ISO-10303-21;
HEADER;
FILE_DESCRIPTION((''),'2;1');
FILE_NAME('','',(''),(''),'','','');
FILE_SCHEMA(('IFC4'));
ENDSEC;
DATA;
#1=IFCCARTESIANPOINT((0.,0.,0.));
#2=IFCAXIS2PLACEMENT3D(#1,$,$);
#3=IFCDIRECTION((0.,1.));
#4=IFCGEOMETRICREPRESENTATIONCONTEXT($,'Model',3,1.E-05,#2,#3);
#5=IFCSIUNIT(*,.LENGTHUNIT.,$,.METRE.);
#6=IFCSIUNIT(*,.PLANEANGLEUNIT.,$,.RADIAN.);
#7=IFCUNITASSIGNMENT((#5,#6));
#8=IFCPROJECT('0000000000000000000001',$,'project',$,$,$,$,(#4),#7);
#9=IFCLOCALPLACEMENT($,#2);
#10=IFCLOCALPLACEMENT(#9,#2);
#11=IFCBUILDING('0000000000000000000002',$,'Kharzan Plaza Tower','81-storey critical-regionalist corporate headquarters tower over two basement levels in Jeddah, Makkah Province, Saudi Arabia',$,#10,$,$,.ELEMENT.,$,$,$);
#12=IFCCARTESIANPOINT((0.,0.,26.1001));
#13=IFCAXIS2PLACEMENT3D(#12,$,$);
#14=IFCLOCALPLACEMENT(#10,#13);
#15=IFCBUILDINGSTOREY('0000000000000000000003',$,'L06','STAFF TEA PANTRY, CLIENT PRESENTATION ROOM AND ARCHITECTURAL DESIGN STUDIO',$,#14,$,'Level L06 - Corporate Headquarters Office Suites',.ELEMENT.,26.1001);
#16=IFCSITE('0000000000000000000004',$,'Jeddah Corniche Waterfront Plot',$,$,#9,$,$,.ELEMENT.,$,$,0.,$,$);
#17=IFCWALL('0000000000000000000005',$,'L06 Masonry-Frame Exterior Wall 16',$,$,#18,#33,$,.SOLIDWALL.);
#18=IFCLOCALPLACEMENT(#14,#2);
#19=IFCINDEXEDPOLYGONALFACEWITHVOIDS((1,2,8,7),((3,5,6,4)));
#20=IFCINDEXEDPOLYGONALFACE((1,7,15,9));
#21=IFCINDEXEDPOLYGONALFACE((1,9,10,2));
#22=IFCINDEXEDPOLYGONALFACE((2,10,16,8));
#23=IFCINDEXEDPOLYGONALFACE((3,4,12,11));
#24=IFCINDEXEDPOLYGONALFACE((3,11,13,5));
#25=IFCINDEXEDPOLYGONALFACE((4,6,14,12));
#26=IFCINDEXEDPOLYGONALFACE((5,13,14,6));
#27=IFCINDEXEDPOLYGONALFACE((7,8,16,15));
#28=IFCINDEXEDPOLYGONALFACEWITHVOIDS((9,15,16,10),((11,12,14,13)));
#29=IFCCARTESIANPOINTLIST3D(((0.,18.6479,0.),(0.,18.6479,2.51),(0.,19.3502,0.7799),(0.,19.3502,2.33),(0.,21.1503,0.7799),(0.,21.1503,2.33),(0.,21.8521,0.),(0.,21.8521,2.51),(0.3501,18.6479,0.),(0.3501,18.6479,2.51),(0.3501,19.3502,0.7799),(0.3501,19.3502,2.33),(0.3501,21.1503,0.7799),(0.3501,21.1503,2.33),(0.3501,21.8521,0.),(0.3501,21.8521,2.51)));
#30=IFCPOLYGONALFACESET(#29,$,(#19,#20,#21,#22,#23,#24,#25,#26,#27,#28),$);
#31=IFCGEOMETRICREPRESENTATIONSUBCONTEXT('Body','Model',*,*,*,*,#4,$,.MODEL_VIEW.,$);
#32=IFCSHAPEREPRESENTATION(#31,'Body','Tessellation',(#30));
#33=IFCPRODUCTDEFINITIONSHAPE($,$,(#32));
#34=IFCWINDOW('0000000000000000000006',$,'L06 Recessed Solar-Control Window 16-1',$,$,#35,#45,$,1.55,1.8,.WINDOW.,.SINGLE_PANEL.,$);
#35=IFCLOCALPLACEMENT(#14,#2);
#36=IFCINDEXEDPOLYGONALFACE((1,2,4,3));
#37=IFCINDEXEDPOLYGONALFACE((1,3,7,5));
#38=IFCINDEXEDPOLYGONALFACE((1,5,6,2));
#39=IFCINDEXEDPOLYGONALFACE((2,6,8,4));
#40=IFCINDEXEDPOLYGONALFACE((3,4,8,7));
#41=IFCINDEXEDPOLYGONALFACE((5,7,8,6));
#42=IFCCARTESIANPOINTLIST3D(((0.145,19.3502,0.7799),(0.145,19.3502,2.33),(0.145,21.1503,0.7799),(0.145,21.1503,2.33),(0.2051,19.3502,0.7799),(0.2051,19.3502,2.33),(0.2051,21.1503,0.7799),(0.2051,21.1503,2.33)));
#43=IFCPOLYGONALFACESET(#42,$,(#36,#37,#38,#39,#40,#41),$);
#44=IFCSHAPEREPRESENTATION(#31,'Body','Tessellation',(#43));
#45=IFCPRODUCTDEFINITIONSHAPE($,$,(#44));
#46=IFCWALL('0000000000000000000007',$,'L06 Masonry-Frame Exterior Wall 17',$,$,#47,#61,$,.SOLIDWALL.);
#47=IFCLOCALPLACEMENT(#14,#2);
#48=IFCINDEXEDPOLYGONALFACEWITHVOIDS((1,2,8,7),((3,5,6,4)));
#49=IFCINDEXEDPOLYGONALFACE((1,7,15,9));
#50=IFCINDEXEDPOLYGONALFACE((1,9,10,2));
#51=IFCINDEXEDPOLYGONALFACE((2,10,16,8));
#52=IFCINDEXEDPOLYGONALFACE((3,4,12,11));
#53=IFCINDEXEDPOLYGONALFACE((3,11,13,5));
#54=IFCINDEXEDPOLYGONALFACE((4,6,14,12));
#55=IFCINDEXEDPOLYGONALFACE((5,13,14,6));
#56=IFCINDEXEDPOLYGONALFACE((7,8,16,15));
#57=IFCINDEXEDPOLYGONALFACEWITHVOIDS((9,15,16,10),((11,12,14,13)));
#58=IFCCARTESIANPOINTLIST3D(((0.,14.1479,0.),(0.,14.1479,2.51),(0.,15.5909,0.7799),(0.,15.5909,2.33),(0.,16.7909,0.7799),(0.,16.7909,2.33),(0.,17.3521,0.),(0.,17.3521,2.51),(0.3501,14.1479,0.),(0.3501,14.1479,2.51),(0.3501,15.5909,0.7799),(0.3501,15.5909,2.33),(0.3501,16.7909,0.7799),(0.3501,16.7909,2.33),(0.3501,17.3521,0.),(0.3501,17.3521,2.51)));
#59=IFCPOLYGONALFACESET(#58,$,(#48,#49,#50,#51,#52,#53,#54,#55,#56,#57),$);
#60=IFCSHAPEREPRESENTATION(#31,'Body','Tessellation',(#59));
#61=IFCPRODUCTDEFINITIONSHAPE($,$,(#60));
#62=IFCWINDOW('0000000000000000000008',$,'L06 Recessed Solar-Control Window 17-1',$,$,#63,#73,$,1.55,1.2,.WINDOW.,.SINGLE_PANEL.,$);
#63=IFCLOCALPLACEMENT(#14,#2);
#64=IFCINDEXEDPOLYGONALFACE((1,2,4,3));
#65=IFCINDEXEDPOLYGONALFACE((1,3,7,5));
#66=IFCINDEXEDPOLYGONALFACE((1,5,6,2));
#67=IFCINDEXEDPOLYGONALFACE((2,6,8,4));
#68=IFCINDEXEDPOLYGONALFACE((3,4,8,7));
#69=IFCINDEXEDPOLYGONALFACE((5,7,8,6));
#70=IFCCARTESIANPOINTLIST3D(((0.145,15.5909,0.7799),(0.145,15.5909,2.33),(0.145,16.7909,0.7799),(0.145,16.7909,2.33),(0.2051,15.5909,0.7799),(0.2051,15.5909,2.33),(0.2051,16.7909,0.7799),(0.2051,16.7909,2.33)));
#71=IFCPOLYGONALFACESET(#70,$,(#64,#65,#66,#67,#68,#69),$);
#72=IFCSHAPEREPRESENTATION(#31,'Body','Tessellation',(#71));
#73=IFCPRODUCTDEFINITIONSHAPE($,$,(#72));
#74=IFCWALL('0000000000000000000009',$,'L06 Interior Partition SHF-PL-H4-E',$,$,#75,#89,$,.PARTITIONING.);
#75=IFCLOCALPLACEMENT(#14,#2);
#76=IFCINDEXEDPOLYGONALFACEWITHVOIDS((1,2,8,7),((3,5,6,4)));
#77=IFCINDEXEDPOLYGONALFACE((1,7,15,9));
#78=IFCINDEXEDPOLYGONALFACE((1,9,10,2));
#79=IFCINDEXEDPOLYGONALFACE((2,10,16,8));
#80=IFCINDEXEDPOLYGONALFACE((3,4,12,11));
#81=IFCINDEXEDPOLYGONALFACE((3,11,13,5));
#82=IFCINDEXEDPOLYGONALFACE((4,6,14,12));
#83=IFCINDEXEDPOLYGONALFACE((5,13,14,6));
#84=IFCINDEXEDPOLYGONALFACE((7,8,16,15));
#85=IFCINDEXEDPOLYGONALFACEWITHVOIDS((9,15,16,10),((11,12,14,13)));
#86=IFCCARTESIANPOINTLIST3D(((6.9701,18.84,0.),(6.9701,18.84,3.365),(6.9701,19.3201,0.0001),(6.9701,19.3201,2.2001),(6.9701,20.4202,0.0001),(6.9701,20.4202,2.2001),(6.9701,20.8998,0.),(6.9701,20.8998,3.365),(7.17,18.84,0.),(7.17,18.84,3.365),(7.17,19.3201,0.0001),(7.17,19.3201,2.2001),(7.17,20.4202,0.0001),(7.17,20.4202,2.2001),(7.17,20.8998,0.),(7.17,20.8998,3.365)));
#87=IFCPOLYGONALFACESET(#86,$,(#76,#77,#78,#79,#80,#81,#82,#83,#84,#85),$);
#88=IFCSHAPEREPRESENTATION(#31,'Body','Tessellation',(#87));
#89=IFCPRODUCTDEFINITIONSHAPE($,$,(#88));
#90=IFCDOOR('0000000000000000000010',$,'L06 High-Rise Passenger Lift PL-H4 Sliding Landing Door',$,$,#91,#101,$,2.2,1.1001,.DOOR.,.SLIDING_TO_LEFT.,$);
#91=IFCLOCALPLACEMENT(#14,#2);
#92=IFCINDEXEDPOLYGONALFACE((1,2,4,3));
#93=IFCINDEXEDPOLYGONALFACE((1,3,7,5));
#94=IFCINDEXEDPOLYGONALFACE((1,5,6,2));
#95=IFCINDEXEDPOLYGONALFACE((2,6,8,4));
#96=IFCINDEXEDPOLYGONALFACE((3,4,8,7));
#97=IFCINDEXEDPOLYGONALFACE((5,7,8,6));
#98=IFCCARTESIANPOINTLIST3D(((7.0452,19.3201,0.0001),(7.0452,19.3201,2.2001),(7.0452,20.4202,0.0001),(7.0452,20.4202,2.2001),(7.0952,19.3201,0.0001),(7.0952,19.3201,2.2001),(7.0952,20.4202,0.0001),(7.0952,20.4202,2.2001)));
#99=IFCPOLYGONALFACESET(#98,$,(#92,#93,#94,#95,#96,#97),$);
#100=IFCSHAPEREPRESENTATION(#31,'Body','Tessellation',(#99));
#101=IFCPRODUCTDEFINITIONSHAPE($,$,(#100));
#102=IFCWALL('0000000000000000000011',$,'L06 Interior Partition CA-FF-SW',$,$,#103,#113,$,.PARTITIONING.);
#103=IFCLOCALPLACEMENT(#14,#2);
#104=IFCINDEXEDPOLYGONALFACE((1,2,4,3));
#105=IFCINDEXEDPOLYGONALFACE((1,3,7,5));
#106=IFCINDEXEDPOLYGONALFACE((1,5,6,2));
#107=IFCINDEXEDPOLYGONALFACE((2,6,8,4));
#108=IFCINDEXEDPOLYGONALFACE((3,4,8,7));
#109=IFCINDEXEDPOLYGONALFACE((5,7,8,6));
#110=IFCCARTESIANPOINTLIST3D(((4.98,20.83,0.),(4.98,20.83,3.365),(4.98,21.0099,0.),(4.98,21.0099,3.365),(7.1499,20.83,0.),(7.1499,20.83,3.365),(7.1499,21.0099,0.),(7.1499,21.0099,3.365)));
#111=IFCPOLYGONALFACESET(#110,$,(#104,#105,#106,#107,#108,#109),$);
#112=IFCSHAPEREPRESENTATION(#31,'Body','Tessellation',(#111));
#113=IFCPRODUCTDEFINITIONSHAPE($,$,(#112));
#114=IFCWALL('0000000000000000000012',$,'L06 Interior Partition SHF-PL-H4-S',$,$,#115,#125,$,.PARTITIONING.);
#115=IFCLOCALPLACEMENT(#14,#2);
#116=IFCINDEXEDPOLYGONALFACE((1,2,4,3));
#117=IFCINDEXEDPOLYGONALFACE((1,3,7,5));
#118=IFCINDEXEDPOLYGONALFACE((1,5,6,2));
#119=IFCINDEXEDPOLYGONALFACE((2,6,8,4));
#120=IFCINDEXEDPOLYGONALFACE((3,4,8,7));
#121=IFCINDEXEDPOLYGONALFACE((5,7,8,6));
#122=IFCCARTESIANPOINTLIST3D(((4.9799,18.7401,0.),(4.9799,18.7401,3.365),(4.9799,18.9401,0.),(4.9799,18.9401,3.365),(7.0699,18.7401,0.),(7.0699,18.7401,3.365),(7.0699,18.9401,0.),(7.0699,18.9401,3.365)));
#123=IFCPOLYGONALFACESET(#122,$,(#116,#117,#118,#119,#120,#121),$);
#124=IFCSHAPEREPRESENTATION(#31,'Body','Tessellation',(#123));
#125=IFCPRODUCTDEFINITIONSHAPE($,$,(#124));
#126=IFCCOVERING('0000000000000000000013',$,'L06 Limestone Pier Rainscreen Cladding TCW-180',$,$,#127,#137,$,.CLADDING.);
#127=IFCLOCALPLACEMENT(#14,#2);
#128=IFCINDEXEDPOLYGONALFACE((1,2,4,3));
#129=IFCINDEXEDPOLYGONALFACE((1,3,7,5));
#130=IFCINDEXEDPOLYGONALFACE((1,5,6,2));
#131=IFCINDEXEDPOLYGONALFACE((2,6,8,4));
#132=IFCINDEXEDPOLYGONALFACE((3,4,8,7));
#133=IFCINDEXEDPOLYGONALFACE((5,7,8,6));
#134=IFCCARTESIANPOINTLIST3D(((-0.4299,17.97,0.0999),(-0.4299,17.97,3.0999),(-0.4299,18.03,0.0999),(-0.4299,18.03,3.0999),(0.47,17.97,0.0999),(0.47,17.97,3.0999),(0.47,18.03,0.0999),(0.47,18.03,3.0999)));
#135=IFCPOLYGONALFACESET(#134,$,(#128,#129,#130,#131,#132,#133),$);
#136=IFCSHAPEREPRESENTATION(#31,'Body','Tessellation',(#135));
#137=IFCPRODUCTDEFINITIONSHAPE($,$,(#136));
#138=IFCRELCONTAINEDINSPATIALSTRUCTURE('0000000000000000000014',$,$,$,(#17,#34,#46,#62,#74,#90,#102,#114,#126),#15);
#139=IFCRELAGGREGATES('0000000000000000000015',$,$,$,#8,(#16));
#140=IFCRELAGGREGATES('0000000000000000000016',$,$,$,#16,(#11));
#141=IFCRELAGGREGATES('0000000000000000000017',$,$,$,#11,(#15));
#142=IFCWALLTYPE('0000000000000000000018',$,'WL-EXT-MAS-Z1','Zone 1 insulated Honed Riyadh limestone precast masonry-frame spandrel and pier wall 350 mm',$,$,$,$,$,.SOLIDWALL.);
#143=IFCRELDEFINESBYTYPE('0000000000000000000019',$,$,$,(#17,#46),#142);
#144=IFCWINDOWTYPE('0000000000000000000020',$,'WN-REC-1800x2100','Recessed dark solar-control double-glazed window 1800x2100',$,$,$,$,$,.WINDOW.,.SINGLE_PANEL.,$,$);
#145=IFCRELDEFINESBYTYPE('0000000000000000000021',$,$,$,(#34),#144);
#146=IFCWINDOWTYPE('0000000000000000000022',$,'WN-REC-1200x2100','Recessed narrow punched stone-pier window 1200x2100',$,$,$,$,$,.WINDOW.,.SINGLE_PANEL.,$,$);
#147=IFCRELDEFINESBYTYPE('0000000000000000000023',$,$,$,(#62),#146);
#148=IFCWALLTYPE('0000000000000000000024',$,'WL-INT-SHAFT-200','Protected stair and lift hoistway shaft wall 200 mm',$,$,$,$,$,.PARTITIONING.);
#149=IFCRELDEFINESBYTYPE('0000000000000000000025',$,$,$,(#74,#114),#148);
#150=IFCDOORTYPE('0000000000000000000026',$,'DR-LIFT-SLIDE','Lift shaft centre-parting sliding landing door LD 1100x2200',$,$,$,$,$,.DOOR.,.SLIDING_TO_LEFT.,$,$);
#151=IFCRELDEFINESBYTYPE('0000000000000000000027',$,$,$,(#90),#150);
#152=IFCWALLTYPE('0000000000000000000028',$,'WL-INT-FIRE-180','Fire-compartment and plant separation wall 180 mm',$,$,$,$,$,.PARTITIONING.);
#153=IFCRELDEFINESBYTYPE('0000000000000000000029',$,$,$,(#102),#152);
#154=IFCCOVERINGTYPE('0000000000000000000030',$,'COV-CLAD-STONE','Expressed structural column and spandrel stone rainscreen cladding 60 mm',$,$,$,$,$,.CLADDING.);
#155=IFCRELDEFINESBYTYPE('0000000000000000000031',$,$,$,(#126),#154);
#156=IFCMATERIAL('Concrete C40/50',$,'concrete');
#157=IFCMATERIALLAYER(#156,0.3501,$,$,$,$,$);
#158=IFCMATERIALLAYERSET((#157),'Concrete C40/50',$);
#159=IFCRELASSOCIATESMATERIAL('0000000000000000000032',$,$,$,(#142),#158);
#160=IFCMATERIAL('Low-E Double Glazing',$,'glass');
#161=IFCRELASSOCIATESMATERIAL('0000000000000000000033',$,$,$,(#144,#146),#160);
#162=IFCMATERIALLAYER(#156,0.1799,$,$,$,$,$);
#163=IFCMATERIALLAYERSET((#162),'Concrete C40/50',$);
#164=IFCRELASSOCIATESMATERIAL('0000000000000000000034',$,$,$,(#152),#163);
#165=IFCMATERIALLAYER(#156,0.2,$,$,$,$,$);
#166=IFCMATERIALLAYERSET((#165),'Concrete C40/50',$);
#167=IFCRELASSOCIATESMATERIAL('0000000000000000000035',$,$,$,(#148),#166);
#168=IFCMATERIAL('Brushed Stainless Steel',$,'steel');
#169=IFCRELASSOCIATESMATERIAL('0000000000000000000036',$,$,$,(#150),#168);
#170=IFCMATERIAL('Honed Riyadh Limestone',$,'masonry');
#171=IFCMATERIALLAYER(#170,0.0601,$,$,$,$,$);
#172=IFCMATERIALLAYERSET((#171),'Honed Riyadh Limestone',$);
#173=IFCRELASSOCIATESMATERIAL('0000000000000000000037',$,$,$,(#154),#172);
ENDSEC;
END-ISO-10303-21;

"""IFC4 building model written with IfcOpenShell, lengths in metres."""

from ifc_helpers import new_model, si_unit, direction, frame, frame_2d, origin, origin_2d, place, context, subcontext, project, spatial, rectangle, extrude, source, transform, mapped, material, layer, layer_set, type_object, element, fill, save


model = new_model("IFC4")

# Units and contexts
model_context = context("Model", 3, precision=1e-05, world=origin(), true_north=direction((0.0, 1.0)))
body_context = subcontext(model_context, "Body", "Model", "MODEL_VIEW")
ifc_project = project(units=[si_unit("LENGTHUNIT", "METRE"), si_unit("PLANEANGLEUNIT", "RADIAN")], contexts=[model_context])

# Site, building, storey
site_placement = place(None, origin())
site = spatial("IfcSite", under=ifc_project, at=site_placement, Name="Jeddah Corniche Waterfront Plot", CompositionType="ELEMENT", RefElevation=0.0)
building_placement = place(site_placement, origin())
building = spatial("IfcBuilding", under=site, at=building_placement, Name="Kharzan Plaza Tower", Description="81-storey critical-regionalist corporate headquarters tower over two basement levels in Jeddah, Makkah Province, Saudi Arabia", CompositionType="ELEMENT")
storey_placement = place(building_placement, frame((0.0, 0.0, 26.1001)))
storey = spatial("IfcBuildingStorey", under=building, at=storey_placement, Name="L06", Description="STAFF TEA PANTRY, CLIENT PRESENTATION ROOM AND ARCHITECTURAL DESIGN STUDIO", LongName="Level L06 - Corporate Headquarters Office Suites", CompositionType="ELEMENT", Elevation=26.1001)

# Walls, openings, windows
ifc_material_1 = material(Name="Concrete C40/50", Category="concrete")
ifc_layer_1 = layer(ifc_material_1, 0.3501)
ifc_layer_set_1 = layer_set([ifc_layer_1], Name="Concrete C40/50")
wall_type_1 = type_object("IfcWallType", Name="WL-EXT-MAS-Z1", Description="Zone 1 insulated Honed Riyadh limestone precast masonry-frame spandrel and pier wall 350 mm", PredefinedType="SOLIDWALL", material=ifc_layer_set_1)
wall_1_placement = place(storey_placement, frame((0.175, 21.8521, 0.0), z_axis=(0.0, 0.0, 1.0), x_axis=(0.0, -1.0, 0.0)))
wall_1 = element("IfcWall", 1, at=wall_1_placement, inside=storey, type_object=wall_type_1, Name="L06 Masonry-Frame Exterior Wall 16", PredefinedType="SOLIDWALL", context=body_context, shape_type="SweptSolid", body=[
    extrude(rectangle(XDim=3.2041, YDim=0.3501, at=frame_2d((1.6021, 0.0))), origin(), (0.0, 0.0, 1.0), 2.51),
])
opening_1_placement = place(wall_1_placement, frame((0.7019, 0.0, 0.78)))
opening_1 = element("IfcOpeningElement", 2, at=opening_1_placement, cuts=wall_1, PredefinedType="OPENING", context=body_context, shape_type="SweptSolid", body=[
    extrude(rectangle(XDim=1.8, YDim=1.55, at=frame_2d((0.8999, 0.7749))), frame((0.0, 0.1851, 0.0), z_axis=(0.0, -1.0, 0.0), x_axis=(1.0, 0.0, 0.0)), (0.0, 0.0, 1.0), 0.3701),
])
ifc_material_2 = material(Name="Low-E Double Glazing", Category="glass")
window_type_1 = type_object("IfcWindowType", Name="WN-REC-1800x2100", Description="Recessed dark solar-control double-glazed window 1800x2100", PartitioningType="SINGLE_PANEL", PredefinedType="WINDOW", material=ifc_material_2)
shared_shape_1 = source(origin(), body_context, "Body", "SweptSolid", [
    extrude(rectangle(XDim=1.8, YDim=1.55, at=frame_2d((0.8999, 0.7749))), frame((0.0, 0.03, 0.0), z_axis=(0.0, -1.0, 0.0), x_axis=(1.0, 0.0, 0.0)), (0.0, 0.0, 1.0), 0.0601),
])
window_1_placement = place(opening_1_placement, origin())
window_1 = element("IfcWindow", 3, at=window_1_placement, inside=storey, type_object=window_type_1, Name="L06 Recessed Solar-Control Window 16-1", OverallHeight=1.55, OverallWidth=1.8, PartitioningType="SINGLE_PANEL", PredefinedType="WINDOW", context=body_context, shape_type="MappedRepresentation", body=[
    mapped(shared_shape_1, transform((0.0, 0.0, 0.0), x_axis=(1.0, 0.0, 0.0), y_axis=(0.0, 1.0, 0.0), z_axis=(0.0, 0.0, 1.0))),
])
fill(opening_1, window_1)
wall_2_placement = place(storey_placement, frame((0.175, 17.3521, 0.0), z_axis=(0.0, 0.0, 1.0), x_axis=(0.0, -1.0, 0.0)))
wall_2 = element("IfcWall", 4, at=wall_2_placement, inside=storey, type_object=wall_type_1, Name="L06 Masonry-Frame Exterior Wall 17", PredefinedType="SOLIDWALL", context=body_context, shape_type="SweptSolid", body=[
    extrude(rectangle(XDim=3.2041, YDim=0.3501, at=frame_2d((1.6021, 0.0))), origin(), (0.0, 0.0, 1.0), 2.51),
])
opening_2_placement = place(wall_2_placement, frame((0.561, 0.0, 0.78)))
opening_2 = element("IfcOpeningElement", 5, at=opening_2_placement, cuts=wall_2, PredefinedType="OPENING", context=body_context, shape_type="SweptSolid", body=[
    extrude(rectangle(XDim=1.2, YDim=1.55, at=frame_2d((0.6001, 0.7749))), frame((0.0, 0.1851, 0.0), z_axis=(0.0, -1.0, 0.0), x_axis=(1.0, 0.0, 0.0)), (0.0, 0.0, 1.0), 0.3701),
])
window_type_2 = type_object("IfcWindowType", Name="WN-REC-1200x2100", Description="Recessed narrow punched stone-pier window 1200x2100", PartitioningType="SINGLE_PANEL", PredefinedType="WINDOW", material=ifc_material_2)
shared_shape_2 = source(origin(), body_context, "Body", "SweptSolid", [
    extrude(rectangle(XDim=1.2, YDim=1.55, at=frame_2d((0.6001, 0.7749))), frame((0.0, 0.03, 0.0), z_axis=(0.0, -1.0, 0.0), x_axis=(1.0, 0.0, 0.0)), (0.0, 0.0, 1.0), 0.0601),
])
window_2_placement = place(opening_2_placement, origin())
window_2 = element("IfcWindow", 6, at=window_2_placement, inside=storey, type_object=window_type_2, Name="L06 Recessed Solar-Control Window 17-1", OverallHeight=1.55, OverallWidth=1.2, PartitioningType="SINGLE_PANEL", PredefinedType="WINDOW", context=body_context, shape_type="MappedRepresentation", body=[
    mapped(shared_shape_2, transform((0.0, 0.0, 0.0), x_axis=(1.0, 0.0, 0.0), y_axis=(0.0, 1.0, 0.0), z_axis=(0.0, 0.0, 1.0))),
])
fill(opening_2, window_2)

# Wall, opening, door
ifc_layer_2 = layer(ifc_material_1, 0.1799)
ifc_layer_set_2 = layer_set([ifc_layer_2], Name="Concrete C40/50")
wall_type_2 = type_object("IfcWallType", Name="WL-INT-FIRE-180", Description="Fire-compartment and plant separation wall 180 mm", PredefinedType="PARTITIONING", material=ifc_layer_set_2)
ifc_layer_3 = layer(ifc_material_1, 0.2)
ifc_layer_set_3 = layer_set([ifc_layer_3], Name="Concrete C40/50")
wall_type_3 = type_object("IfcWallType", Name="WL-INT-SHAFT-200", Description="Protected stair and lift hoistway shaft wall 200 mm", PredefinedType="PARTITIONING", material=ifc_layer_set_3)
wall_3_placement = place(storey_placement, frame((7.0701, 18.8401, 0.0), z_axis=(0.0, 0.0, 1.0), x_axis=(0.0, 1.0, 0.0)))
wall_3 = element("IfcWall", 7, at=wall_3_placement, inside=storey, type_object=wall_type_3, Name="L06 Interior Partition SHF-PL-H4-E", PredefinedType="PARTITIONING", context=body_context, shape_type="SweptSolid", body=[
    extrude(rectangle(XDim=2.0598, YDim=0.2, at=frame_2d((1.0298, 0.0))), origin(), (0.0, 0.0, 1.0), 3.365),
])
opening_3_placement = place(wall_3_placement, frame((0.48, 0.0, 0.0)))
opening_3 = element("IfcOpeningElement", 8, at=opening_3_placement, cuts=wall_3, PredefinedType="OPENING", context=body_context, shape_type="SweptSolid", body=[
    extrude(rectangle(XDim=1.1001, YDim=2.2, at=frame_2d((0.55, 1.1001))), frame((0.0, 0.1099, 0.0), z_axis=(0.0, -1.0, 0.0), x_axis=(1.0, 0.0, 0.0)), (0.0, 0.0, 1.0), 0.22),
])
ifc_material_3 = material(Name="Brushed Stainless Steel", Category="steel")
door_type_1 = type_object("IfcDoorType", Name="DR-LIFT-SLIDE", Description="Lift shaft centre-parting sliding landing door LD 1100x2200", OperationType="SLIDING_TO_LEFT", PredefinedType="DOOR", material=ifc_material_3)
shared_shape_3 = source(origin(), body_context, "Body", "SweptSolid", [
    extrude(rectangle(XDim=1.1001, YDim=2.2, at=frame_2d((0.55, 1.1001))), frame((0.0, 0.0249, 0.0), z_axis=(0.0, -1.0, 0.0), x_axis=(1.0, 0.0, 0.0)), (0.0, 0.0, 1.0), 0.05),
])
door_1_placement = place(opening_3_placement, origin())
door_1 = element("IfcDoor", 9, at=door_1_placement, inside=storey, type_object=door_type_1, Name="L06 High-Rise Passenger Lift PL-H4 Sliding Landing Door", OperationType="SLIDING_TO_LEFT", OverallHeight=2.2, OverallWidth=1.1001, PredefinedType="DOOR", context=body_context, shape_type="MappedRepresentation", body=[
    mapped(shared_shape_3, transform((0.0, 0.0, 0.0), x_axis=(1.0, 0.0, 0.0), y_axis=(0.0, 1.0, 0.0), z_axis=(0.0, 0.0, 1.0))),
])
fill(opening_3, door_1)

# Walls
shared_shape_4 = source(origin(), body_context, "Body", "SweptSolid", [
    extrude(rectangle(XDim=2.1699, YDim=0.1799, at=frame_2d((1.085, 0.0))), origin(), (0.0, 0.0, 1.0), 3.365),
])
wall_4_placement = place(storey_placement, frame((4.98, 20.9199, 0.0), z_axis=(0.0, 0.0, 1.0), x_axis=(1.0, 0.0, 0.0)))
element("IfcWall", 10, at=wall_4_placement, inside=storey, type_object=wall_type_2, Name="L06 Interior Partition CA-FF-SW", PredefinedType="PARTITIONING", context=body_context, shape_type="MappedRepresentation", body=[
    mapped(shared_shape_4, transform((0.0, 0.0, 0.0), x_axis=(1.0, 0.0, 0.0), y_axis=(0.0, 1.0, 0.0), z_axis=(0.0, 0.0, 1.0))),
])
shared_shape_5 = source(origin(), body_context, "Body", "SweptSolid", [
    extrude(rectangle(XDim=2.0901, YDim=0.2, at=frame_2d((1.0449, 0.0))), origin(), (0.0, 0.0, 1.0), 3.365),
])
wall_5_placement = place(storey_placement, frame((4.98, 18.8401, 0.0), z_axis=(0.0, 0.0, 1.0), x_axis=(1.0, 0.0, 0.0)))
element("IfcWall", 11, at=wall_5_placement, inside=storey, type_object=wall_type_3, Name="L06 Interior Partition SHF-PL-H4-S", PredefinedType="PARTITIONING", context=body_context, shape_type="MappedRepresentation", body=[
    mapped(shared_shape_5, transform((0.0, 0.0, 0.0), x_axis=(1.0, 0.0, 0.0), y_axis=(0.0, 1.0, 0.0), z_axis=(0.0, 0.0, 1.0))),
])

# Covering
ifc_material_4 = material(Name="Honed Riyadh Limestone", Category="masonry")
ifc_layer_4 = layer(ifc_material_4, 0.0601)
ifc_layer_set_4 = layer_set([ifc_layer_4], Name="Honed Riyadh Limestone")
covering_type = type_object("IfcCoveringType", Name="COV-CLAD-STONE", Description="Expressed structural column and spandrel stone rainscreen cladding 60 mm", PredefinedType="CLADDING", material=ifc_layer_set_4)
shared_shape_6 = source(origin(), body_context, "Body", "SweptSolid", [
    extrude(rectangle(XDim=0.0601, YDim=0.8999, at=origin_2d()), origin(), (0.0, 0.0, 1.0), 3.0),
])
covering_placement = place(storey_placement, frame((0.02, 18.0, 0.0999), z_axis=(0.0, 0.0, 1.0), x_axis=(0.0, 1.0, 0.0)))
element("IfcCovering", 12, at=covering_placement, inside=storey, type_object=covering_type, Name="L06 Limestone Pier Rainscreen Cladding TCW-180", PredefinedType="CLADDING", context=body_context, shape_type="MappedRepresentation", body=[
    mapped(shared_shape_6, transform((0.0, 0.0, 0.0), x_axis=(1.0, 0.0, 0.0), y_axis=(0.0, 1.0, 0.0), z_axis=(0.0, 0.0, 1.0))),
])

save(model, "model.ifc")
